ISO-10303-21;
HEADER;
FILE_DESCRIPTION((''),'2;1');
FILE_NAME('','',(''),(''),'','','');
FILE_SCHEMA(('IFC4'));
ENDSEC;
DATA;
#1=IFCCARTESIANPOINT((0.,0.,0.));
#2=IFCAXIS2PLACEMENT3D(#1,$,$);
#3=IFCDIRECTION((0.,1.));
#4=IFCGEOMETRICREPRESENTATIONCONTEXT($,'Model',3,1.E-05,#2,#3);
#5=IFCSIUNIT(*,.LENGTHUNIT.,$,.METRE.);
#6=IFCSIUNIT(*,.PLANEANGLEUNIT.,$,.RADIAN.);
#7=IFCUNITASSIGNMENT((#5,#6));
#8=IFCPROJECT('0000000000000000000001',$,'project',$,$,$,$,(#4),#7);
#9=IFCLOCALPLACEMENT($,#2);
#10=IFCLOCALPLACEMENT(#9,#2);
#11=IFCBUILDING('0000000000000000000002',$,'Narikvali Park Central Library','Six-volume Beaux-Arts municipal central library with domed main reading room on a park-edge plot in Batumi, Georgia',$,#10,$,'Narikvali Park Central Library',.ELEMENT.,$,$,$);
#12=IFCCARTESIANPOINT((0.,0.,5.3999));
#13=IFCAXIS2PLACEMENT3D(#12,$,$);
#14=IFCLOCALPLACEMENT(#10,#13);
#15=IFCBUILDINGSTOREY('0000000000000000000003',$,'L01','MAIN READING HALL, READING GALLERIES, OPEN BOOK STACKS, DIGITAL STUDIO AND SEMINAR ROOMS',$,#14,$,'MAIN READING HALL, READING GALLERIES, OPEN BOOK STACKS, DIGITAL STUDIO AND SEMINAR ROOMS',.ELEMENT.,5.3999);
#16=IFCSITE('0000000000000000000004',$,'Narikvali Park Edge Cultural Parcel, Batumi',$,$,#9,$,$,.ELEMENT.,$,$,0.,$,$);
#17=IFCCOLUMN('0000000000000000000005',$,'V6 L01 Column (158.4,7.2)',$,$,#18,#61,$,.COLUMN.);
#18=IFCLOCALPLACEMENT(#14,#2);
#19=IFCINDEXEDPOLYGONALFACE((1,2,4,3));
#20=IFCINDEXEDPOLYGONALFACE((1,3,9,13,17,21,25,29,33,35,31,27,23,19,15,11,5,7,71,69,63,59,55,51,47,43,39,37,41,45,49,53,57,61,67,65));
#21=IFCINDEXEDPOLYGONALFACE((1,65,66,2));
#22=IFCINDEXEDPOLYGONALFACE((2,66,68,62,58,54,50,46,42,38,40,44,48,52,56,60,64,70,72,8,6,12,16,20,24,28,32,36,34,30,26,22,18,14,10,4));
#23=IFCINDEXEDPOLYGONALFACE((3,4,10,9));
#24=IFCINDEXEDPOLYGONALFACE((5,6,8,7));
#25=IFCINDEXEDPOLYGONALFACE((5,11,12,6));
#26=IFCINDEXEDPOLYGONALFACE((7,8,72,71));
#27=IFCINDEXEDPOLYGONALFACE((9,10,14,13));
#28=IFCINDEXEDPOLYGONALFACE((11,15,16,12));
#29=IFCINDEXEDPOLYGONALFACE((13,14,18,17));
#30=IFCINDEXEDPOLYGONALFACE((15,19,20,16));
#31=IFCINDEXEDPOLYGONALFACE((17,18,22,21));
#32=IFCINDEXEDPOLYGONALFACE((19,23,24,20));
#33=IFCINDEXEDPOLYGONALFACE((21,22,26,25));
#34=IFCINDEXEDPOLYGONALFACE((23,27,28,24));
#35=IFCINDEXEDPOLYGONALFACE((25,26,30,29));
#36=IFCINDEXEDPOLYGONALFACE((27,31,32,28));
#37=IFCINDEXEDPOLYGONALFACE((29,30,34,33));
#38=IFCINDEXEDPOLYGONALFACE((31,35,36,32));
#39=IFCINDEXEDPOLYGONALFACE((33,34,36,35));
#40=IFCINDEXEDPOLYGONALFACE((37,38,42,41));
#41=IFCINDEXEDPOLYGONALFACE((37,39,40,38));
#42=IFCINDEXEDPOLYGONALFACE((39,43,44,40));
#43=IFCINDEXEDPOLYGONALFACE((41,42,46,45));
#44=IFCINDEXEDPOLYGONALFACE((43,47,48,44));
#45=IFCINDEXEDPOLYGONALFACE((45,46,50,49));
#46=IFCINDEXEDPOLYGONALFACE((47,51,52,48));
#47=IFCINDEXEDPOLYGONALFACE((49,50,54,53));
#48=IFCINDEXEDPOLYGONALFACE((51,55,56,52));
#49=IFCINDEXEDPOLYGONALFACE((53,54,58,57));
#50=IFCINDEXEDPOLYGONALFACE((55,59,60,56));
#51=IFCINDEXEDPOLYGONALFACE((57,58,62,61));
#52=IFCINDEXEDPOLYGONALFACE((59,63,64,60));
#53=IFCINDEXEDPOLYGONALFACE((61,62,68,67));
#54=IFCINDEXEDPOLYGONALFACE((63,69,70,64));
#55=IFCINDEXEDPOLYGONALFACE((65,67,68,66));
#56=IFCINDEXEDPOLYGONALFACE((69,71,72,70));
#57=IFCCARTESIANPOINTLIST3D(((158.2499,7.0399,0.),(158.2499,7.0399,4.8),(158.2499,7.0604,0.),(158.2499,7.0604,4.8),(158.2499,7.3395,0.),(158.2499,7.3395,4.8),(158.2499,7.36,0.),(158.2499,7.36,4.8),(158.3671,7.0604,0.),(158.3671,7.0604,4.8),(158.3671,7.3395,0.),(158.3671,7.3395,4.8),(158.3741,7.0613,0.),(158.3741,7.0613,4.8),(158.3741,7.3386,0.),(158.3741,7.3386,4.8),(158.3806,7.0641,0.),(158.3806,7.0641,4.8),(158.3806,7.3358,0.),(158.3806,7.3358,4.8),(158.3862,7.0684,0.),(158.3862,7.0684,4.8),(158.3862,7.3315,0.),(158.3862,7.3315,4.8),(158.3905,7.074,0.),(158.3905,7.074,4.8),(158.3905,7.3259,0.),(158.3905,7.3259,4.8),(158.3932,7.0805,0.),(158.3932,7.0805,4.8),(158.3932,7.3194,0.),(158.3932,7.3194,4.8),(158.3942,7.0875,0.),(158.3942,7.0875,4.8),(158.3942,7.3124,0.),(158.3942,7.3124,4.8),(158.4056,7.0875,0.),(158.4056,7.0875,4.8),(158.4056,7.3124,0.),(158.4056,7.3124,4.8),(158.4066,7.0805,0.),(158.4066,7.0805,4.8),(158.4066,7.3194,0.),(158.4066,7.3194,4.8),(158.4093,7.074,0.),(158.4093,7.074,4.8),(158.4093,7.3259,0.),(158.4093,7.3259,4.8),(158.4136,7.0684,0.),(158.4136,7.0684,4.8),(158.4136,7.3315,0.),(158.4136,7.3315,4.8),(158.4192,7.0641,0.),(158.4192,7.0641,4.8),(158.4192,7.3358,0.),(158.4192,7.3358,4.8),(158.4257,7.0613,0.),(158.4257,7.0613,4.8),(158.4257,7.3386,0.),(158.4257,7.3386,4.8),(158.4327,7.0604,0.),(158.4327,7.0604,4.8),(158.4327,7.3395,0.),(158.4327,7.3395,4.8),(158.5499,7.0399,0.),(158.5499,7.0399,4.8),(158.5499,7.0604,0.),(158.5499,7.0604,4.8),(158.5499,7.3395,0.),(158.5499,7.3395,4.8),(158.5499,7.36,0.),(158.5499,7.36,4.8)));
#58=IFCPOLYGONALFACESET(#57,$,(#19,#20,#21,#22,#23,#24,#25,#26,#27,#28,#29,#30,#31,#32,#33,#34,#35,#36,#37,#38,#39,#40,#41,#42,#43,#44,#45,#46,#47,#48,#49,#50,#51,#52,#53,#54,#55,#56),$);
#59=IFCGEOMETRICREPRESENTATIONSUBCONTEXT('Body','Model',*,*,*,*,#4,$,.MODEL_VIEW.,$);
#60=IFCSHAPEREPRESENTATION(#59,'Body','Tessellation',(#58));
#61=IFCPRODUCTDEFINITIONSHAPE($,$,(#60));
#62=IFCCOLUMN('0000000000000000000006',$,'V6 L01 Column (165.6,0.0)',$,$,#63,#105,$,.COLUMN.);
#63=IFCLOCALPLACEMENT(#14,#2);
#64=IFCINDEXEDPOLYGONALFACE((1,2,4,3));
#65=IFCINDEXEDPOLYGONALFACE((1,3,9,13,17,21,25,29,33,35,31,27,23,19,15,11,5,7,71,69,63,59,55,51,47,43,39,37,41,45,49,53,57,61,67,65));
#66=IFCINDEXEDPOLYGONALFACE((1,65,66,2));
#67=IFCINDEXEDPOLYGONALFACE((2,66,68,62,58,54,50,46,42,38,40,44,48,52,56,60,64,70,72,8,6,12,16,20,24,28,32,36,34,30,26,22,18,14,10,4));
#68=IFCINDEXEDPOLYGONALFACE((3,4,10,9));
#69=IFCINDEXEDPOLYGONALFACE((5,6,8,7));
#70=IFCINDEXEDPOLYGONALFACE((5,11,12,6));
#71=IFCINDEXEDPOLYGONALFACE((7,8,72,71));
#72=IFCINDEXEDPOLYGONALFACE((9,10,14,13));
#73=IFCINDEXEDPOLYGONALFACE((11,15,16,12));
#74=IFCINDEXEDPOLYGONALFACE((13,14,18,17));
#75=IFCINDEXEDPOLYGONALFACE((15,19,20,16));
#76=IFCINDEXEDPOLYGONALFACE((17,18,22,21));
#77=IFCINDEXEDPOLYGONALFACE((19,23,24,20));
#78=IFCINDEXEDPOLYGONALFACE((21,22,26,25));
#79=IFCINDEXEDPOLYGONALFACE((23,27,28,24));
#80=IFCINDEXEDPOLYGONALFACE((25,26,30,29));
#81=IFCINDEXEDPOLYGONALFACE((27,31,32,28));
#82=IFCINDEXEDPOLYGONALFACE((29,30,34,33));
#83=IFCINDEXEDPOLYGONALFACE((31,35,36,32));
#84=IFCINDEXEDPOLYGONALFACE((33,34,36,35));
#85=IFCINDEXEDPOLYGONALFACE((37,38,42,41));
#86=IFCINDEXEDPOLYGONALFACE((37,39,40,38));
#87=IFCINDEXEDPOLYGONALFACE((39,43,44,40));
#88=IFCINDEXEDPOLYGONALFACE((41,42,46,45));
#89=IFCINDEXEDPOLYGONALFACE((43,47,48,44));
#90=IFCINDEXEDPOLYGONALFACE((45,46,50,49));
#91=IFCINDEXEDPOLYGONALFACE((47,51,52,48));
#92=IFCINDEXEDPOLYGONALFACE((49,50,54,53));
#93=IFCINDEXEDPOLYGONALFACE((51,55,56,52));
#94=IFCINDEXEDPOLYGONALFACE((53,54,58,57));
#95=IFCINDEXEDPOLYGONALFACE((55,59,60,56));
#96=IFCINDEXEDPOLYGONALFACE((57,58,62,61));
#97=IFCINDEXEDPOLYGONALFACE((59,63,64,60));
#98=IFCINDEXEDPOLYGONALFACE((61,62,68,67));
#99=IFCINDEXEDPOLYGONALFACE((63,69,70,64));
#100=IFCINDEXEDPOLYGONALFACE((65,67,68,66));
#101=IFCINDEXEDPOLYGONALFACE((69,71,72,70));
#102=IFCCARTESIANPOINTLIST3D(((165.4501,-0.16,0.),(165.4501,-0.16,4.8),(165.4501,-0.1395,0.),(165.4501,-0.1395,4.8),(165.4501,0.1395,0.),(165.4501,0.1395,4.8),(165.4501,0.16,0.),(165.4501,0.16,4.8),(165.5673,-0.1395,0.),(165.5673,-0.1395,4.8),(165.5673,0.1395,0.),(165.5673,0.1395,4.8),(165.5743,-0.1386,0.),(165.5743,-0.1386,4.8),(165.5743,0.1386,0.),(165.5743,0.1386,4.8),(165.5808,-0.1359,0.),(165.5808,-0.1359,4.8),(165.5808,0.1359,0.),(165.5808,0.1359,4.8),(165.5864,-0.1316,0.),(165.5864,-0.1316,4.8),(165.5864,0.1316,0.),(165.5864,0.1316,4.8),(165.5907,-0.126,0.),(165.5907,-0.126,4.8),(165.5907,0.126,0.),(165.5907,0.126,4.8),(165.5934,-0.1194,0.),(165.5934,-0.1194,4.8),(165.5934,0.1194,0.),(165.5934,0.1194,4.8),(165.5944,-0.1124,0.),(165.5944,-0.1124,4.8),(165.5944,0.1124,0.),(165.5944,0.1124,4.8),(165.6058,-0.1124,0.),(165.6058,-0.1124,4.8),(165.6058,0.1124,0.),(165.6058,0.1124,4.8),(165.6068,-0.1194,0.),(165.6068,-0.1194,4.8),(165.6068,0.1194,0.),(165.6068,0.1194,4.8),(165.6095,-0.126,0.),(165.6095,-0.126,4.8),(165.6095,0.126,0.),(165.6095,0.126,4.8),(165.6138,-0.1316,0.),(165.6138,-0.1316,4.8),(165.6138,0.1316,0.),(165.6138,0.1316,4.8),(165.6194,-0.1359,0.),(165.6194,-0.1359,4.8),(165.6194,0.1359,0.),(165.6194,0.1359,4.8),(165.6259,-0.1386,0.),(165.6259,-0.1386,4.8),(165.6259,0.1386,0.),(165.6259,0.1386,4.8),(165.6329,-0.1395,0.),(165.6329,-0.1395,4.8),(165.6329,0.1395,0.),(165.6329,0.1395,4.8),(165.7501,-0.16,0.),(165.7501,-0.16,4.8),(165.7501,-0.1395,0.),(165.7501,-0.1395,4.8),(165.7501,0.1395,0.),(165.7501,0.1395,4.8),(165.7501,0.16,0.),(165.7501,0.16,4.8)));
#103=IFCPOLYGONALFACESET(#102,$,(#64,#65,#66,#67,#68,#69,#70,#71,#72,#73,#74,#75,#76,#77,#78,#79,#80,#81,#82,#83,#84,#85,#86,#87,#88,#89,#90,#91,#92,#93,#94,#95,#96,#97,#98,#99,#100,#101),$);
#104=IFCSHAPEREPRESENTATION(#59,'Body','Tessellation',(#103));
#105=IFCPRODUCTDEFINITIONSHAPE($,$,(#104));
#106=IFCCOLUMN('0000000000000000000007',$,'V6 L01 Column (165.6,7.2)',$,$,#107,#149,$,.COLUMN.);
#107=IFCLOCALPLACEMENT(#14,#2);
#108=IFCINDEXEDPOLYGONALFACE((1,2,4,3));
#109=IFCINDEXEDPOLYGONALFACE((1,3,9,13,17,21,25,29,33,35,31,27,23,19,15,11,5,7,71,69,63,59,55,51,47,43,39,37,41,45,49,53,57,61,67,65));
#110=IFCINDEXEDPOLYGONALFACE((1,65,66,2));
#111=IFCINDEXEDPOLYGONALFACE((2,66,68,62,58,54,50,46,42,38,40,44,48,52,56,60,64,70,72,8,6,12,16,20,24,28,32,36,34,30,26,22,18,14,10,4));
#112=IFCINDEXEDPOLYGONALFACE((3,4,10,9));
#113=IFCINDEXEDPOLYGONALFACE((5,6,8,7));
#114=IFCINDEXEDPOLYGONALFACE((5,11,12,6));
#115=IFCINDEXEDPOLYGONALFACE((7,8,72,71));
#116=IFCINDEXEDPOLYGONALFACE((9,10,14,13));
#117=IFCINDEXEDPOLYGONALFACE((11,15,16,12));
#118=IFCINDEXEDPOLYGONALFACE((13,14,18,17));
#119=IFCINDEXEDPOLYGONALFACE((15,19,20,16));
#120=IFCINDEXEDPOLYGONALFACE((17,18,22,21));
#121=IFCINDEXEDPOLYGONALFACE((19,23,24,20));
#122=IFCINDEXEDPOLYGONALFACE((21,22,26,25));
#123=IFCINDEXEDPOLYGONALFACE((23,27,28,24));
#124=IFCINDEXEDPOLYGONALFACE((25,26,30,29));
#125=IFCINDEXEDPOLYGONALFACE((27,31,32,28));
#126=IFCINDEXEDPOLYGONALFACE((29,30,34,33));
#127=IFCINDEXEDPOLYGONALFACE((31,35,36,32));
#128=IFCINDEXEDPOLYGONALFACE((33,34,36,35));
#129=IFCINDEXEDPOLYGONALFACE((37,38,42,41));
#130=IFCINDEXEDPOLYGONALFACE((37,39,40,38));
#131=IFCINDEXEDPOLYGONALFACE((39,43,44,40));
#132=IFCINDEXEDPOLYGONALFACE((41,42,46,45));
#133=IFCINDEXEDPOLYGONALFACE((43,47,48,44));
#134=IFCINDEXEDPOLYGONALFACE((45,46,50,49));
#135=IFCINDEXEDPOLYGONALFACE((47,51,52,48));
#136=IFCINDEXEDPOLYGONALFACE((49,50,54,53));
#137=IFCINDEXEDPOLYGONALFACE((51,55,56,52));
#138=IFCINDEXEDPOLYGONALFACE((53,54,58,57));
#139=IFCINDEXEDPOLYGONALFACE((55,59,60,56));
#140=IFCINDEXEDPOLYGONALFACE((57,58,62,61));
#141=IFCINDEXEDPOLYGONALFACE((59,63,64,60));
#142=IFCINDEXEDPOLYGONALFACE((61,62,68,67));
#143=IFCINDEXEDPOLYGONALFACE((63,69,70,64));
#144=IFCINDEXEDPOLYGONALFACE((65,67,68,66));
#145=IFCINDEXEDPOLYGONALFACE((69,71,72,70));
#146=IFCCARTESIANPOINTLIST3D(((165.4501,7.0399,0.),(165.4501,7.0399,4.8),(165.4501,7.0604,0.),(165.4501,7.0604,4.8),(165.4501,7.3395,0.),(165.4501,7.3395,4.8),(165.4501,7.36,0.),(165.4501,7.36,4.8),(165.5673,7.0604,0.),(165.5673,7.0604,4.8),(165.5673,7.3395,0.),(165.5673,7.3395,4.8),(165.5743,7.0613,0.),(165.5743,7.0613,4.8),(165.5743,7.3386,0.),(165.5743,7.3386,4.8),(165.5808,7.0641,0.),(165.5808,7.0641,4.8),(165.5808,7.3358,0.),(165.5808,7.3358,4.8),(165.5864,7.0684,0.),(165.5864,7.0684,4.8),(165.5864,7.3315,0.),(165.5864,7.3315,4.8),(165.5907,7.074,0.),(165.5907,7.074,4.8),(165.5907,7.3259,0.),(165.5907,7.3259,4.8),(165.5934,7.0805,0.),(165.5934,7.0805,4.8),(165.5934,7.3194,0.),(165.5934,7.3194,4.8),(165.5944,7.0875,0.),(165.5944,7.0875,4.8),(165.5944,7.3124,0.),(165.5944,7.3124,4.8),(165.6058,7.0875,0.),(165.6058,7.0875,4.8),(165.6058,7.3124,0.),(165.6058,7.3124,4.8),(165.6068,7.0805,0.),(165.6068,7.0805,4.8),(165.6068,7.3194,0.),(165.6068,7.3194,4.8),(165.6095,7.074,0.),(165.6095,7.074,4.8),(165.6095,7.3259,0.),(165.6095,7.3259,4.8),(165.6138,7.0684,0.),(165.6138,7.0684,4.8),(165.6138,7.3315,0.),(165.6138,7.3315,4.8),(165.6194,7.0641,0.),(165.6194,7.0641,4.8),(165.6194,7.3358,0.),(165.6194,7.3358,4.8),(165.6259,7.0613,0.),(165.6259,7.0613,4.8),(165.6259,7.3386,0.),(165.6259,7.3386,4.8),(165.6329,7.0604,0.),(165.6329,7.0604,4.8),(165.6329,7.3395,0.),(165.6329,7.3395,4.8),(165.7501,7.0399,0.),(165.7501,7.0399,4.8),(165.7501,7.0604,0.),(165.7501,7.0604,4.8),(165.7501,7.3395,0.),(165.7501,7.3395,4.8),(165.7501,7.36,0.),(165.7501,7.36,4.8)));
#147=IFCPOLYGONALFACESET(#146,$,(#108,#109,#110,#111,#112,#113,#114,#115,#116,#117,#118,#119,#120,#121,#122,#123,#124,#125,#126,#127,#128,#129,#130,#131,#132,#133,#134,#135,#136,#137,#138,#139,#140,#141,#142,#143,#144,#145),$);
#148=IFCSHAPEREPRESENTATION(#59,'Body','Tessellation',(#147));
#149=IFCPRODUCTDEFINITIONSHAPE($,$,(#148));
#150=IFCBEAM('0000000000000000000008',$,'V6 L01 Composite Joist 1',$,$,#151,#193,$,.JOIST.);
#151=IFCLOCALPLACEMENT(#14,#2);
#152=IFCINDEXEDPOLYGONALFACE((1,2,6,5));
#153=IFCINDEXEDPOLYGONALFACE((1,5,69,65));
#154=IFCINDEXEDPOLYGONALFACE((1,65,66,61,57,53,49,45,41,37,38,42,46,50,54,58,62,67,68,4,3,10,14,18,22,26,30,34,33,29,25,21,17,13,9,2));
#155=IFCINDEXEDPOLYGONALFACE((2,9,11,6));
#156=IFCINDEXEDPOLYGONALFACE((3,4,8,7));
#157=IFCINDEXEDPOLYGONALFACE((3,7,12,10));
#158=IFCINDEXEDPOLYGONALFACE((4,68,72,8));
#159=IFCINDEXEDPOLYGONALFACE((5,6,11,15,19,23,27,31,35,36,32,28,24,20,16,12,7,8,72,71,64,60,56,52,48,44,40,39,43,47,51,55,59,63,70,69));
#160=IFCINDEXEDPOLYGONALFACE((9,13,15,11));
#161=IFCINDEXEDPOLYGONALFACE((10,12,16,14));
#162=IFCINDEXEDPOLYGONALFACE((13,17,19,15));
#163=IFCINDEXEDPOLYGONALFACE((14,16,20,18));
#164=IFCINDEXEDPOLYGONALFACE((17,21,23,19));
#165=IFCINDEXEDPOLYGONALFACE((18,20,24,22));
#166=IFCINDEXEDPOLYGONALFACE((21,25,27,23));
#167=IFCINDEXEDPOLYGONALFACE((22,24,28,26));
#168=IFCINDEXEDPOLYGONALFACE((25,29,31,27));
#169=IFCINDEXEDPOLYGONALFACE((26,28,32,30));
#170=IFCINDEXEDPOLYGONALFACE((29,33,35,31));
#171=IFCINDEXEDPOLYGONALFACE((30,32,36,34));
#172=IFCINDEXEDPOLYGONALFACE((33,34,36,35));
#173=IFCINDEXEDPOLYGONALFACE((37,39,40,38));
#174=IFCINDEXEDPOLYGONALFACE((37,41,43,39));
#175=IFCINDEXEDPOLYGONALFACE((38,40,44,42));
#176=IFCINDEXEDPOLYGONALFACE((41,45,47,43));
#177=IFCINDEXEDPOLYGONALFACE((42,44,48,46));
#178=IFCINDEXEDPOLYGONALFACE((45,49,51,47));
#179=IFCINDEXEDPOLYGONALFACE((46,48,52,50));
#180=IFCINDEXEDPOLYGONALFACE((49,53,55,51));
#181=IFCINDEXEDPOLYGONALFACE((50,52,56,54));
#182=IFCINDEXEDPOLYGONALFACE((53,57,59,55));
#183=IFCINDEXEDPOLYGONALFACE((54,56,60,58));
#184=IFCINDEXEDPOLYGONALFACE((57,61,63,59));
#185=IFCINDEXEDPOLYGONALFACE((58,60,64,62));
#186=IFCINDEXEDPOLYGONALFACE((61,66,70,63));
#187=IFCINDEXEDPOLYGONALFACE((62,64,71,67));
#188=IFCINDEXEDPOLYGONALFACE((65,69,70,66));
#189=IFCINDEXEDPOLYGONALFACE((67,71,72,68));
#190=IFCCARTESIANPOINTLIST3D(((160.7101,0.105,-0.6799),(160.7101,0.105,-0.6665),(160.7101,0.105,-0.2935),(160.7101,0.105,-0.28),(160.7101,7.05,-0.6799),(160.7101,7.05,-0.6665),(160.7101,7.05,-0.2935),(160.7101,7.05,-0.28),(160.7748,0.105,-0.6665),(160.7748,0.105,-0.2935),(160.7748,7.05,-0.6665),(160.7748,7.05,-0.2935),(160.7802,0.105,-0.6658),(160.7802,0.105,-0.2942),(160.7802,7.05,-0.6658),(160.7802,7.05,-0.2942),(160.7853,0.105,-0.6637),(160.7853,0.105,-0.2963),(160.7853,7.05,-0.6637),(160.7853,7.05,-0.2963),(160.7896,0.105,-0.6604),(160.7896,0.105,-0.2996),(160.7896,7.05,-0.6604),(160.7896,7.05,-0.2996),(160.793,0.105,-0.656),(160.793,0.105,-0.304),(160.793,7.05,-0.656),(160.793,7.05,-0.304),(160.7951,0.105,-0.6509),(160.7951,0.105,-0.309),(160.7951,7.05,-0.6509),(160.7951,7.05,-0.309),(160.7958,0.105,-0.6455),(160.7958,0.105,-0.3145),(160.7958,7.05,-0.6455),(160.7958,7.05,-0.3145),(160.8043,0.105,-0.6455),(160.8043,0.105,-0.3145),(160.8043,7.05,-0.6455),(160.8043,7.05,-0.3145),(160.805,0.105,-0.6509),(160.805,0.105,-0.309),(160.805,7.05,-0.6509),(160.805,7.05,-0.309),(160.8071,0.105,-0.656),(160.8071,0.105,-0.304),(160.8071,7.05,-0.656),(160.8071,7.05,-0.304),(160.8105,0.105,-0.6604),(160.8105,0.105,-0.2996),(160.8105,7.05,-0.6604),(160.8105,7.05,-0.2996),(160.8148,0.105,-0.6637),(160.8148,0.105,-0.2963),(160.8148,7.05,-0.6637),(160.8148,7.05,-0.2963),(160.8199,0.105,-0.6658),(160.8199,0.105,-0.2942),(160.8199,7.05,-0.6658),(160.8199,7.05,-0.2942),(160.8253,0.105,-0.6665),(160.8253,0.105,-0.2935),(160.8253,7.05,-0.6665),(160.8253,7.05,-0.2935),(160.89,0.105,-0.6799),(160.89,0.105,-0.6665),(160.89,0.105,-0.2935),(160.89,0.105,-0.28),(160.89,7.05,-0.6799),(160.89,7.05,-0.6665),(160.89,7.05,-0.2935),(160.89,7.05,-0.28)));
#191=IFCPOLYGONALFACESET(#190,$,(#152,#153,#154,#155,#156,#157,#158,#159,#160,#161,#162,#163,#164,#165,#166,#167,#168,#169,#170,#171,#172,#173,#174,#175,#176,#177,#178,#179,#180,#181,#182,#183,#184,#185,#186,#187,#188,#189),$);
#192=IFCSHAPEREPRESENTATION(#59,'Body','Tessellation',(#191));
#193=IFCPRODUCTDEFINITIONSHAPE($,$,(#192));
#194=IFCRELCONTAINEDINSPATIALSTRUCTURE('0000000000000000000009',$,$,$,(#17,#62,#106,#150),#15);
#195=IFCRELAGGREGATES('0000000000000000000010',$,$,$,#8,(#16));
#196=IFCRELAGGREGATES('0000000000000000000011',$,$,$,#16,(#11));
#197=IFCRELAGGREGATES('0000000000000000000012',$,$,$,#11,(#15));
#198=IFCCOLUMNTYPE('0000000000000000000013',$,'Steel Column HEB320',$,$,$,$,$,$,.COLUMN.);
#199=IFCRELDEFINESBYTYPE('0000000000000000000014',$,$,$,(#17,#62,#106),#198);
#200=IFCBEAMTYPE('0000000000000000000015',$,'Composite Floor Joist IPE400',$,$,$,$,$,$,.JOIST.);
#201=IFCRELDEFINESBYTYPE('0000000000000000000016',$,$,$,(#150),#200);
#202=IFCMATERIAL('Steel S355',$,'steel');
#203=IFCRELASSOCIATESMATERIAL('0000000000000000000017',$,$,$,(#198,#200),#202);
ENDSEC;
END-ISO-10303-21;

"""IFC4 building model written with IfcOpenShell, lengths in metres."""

from ifc_helpers import new_model, si_unit, direction, frame, origin, origin_2d, place, context, subcontext, project, spatial, i_section, extrude, material, material_profile, profile_set, type_object, element, save


model = new_model("IFC4")

# Units and contexts
model_context = context("Model", 3, precision=1e-05, world=origin(), true_north=direction((0.0, 1.0)))
body_context = subcontext(model_context, "Body", "Model", "MODEL_VIEW")
ifc_project = project(units=[si_unit("LENGTHUNIT", "METRE"), si_unit("PLANEANGLEUNIT", "RADIAN")], contexts=[model_context])

# Site, building, storey
site_placement = place(None, origin())
site = spatial("IfcSite", under=ifc_project, at=site_placement, Name="Narikvali Park Edge Cultural Parcel, Batumi", CompositionType="ELEMENT", RefElevation=0.0)
building_placement = place(site_placement, origin())
building = spatial("IfcBuilding", under=site, at=building_placement, Name="Narikvali Park Central Library", Description="Six-volume Beaux-Arts municipal central library with domed main reading room on a park-edge plot in Batumi, Georgia", LongName="Narikvali Park Central Library", CompositionType="ELEMENT")
storey_placement = place(building_placement, frame((0.0, 0.0, 5.3999)))
storey = spatial("IfcBuildingStorey", under=building, at=storey_placement, Name="L01", Description="MAIN READING HALL, READING GALLERIES, OPEN BOOK STACKS, DIGITAL STUDIO AND SEMINAR ROOMS", LongName="MAIN READING HALL, READING GALLERIES, OPEN BOOK STACKS, DIGITAL STUDIO AND SEMINAR ROOMS", CompositionType="ELEMENT", Elevation=5.3999)

# Columns
ifc_material_1 = material(Name="Steel S355", Category="steel")
ifc_material_profile_1 = material_profile(ifc_material_1, i_section(OverallWidth=0.3, OverallDepth=0.3201, WebThickness=0.0115, FlangeThickness=0.0205, FilletRadius=0.0271, at=origin_2d()), Name="HEB 320")
ifc_profile_set_1 = profile_set([ifc_material_profile_1], Name="Steel S355")
column_type = type_object("IfcColumnType", Name="Steel Column HEB320", PredefinedType="COLUMN", material=ifc_profile_set_1)
for number, where, z_axis, x_axis, name in (
    (1, (158.3999, 7.2, 0.0), (0.0, 0.0, 1.0), (1.0, 0.0, 0.0), "V6 L01 Column (158.4,7.2)"),
    (2, (165.6001, 0.0, 0.0), (0.0, 0.0, 1.0), (1.0, 0.0, 0.0), "V6 L01 Column (165.6,0.0)"),
    (3, (165.6001, 7.2, 0.0), (0.0, 0.0, 1.0), (1.0, 0.0, 0.0), "V6 L01 Column (165.6,7.2)"),
):
    element("IfcColumn", number, at=place(storey_placement, frame(where, z_axis=z_axis, x_axis=x_axis)), inside=storey, type_object=column_type, Name=name, PredefinedType="COLUMN", context=body_context, shape_type="SweptSolid", body=[
        extrude(i_section(OverallWidth=0.3, OverallDepth=0.3201, WebThickness=0.0115, FlangeThickness=0.0205, FilletRadius=0.0271, at=origin_2d()), origin(), (0.0, 0.0, 1.0), 4.8),
    ])

# Beam
ifc_material_profile_2 = material_profile(ifc_material_1, i_section(OverallWidth=0.1799, OverallDepth=0.3999, WebThickness=0.0085, FlangeThickness=0.0134, FilletRadius=0.021, at=origin_2d()), Name="IPE 400")
ifc_profile_set_2 = profile_set([ifc_material_profile_2], Name="Steel S355")
beam_type_1 = type_object("IfcBeamType", Name="Composite Floor Joist IPE400", PredefinedType="JOIST", material=ifc_profile_set_2)
for number, where, z_axis, x_axis, name in (
    (4, (160.8, 0.105, -0.48), (0.0, 1.0, 0.0), (-1.0, 0.0, 0.0), "V6 L01 Composite Joist 1"),
):
    element("IfcBeam", number, at=place(storey_placement, frame(where, z_axis=z_axis, x_axis=x_axis)), inside=storey, type_object=beam_type_1, Name=name, PredefinedType="JOIST", context=body_context, shape_type="SweptSolid", body=[
        extrude(i_section(OverallWidth=0.1799, OverallDepth=0.3999, WebThickness=0.0085, FlangeThickness=0.0134, FilletRadius=0.021, at=origin_2d()), origin(), (0.0, 0.0, 1.0), 6.9451),
    ])

save(model, "model.ifc")
